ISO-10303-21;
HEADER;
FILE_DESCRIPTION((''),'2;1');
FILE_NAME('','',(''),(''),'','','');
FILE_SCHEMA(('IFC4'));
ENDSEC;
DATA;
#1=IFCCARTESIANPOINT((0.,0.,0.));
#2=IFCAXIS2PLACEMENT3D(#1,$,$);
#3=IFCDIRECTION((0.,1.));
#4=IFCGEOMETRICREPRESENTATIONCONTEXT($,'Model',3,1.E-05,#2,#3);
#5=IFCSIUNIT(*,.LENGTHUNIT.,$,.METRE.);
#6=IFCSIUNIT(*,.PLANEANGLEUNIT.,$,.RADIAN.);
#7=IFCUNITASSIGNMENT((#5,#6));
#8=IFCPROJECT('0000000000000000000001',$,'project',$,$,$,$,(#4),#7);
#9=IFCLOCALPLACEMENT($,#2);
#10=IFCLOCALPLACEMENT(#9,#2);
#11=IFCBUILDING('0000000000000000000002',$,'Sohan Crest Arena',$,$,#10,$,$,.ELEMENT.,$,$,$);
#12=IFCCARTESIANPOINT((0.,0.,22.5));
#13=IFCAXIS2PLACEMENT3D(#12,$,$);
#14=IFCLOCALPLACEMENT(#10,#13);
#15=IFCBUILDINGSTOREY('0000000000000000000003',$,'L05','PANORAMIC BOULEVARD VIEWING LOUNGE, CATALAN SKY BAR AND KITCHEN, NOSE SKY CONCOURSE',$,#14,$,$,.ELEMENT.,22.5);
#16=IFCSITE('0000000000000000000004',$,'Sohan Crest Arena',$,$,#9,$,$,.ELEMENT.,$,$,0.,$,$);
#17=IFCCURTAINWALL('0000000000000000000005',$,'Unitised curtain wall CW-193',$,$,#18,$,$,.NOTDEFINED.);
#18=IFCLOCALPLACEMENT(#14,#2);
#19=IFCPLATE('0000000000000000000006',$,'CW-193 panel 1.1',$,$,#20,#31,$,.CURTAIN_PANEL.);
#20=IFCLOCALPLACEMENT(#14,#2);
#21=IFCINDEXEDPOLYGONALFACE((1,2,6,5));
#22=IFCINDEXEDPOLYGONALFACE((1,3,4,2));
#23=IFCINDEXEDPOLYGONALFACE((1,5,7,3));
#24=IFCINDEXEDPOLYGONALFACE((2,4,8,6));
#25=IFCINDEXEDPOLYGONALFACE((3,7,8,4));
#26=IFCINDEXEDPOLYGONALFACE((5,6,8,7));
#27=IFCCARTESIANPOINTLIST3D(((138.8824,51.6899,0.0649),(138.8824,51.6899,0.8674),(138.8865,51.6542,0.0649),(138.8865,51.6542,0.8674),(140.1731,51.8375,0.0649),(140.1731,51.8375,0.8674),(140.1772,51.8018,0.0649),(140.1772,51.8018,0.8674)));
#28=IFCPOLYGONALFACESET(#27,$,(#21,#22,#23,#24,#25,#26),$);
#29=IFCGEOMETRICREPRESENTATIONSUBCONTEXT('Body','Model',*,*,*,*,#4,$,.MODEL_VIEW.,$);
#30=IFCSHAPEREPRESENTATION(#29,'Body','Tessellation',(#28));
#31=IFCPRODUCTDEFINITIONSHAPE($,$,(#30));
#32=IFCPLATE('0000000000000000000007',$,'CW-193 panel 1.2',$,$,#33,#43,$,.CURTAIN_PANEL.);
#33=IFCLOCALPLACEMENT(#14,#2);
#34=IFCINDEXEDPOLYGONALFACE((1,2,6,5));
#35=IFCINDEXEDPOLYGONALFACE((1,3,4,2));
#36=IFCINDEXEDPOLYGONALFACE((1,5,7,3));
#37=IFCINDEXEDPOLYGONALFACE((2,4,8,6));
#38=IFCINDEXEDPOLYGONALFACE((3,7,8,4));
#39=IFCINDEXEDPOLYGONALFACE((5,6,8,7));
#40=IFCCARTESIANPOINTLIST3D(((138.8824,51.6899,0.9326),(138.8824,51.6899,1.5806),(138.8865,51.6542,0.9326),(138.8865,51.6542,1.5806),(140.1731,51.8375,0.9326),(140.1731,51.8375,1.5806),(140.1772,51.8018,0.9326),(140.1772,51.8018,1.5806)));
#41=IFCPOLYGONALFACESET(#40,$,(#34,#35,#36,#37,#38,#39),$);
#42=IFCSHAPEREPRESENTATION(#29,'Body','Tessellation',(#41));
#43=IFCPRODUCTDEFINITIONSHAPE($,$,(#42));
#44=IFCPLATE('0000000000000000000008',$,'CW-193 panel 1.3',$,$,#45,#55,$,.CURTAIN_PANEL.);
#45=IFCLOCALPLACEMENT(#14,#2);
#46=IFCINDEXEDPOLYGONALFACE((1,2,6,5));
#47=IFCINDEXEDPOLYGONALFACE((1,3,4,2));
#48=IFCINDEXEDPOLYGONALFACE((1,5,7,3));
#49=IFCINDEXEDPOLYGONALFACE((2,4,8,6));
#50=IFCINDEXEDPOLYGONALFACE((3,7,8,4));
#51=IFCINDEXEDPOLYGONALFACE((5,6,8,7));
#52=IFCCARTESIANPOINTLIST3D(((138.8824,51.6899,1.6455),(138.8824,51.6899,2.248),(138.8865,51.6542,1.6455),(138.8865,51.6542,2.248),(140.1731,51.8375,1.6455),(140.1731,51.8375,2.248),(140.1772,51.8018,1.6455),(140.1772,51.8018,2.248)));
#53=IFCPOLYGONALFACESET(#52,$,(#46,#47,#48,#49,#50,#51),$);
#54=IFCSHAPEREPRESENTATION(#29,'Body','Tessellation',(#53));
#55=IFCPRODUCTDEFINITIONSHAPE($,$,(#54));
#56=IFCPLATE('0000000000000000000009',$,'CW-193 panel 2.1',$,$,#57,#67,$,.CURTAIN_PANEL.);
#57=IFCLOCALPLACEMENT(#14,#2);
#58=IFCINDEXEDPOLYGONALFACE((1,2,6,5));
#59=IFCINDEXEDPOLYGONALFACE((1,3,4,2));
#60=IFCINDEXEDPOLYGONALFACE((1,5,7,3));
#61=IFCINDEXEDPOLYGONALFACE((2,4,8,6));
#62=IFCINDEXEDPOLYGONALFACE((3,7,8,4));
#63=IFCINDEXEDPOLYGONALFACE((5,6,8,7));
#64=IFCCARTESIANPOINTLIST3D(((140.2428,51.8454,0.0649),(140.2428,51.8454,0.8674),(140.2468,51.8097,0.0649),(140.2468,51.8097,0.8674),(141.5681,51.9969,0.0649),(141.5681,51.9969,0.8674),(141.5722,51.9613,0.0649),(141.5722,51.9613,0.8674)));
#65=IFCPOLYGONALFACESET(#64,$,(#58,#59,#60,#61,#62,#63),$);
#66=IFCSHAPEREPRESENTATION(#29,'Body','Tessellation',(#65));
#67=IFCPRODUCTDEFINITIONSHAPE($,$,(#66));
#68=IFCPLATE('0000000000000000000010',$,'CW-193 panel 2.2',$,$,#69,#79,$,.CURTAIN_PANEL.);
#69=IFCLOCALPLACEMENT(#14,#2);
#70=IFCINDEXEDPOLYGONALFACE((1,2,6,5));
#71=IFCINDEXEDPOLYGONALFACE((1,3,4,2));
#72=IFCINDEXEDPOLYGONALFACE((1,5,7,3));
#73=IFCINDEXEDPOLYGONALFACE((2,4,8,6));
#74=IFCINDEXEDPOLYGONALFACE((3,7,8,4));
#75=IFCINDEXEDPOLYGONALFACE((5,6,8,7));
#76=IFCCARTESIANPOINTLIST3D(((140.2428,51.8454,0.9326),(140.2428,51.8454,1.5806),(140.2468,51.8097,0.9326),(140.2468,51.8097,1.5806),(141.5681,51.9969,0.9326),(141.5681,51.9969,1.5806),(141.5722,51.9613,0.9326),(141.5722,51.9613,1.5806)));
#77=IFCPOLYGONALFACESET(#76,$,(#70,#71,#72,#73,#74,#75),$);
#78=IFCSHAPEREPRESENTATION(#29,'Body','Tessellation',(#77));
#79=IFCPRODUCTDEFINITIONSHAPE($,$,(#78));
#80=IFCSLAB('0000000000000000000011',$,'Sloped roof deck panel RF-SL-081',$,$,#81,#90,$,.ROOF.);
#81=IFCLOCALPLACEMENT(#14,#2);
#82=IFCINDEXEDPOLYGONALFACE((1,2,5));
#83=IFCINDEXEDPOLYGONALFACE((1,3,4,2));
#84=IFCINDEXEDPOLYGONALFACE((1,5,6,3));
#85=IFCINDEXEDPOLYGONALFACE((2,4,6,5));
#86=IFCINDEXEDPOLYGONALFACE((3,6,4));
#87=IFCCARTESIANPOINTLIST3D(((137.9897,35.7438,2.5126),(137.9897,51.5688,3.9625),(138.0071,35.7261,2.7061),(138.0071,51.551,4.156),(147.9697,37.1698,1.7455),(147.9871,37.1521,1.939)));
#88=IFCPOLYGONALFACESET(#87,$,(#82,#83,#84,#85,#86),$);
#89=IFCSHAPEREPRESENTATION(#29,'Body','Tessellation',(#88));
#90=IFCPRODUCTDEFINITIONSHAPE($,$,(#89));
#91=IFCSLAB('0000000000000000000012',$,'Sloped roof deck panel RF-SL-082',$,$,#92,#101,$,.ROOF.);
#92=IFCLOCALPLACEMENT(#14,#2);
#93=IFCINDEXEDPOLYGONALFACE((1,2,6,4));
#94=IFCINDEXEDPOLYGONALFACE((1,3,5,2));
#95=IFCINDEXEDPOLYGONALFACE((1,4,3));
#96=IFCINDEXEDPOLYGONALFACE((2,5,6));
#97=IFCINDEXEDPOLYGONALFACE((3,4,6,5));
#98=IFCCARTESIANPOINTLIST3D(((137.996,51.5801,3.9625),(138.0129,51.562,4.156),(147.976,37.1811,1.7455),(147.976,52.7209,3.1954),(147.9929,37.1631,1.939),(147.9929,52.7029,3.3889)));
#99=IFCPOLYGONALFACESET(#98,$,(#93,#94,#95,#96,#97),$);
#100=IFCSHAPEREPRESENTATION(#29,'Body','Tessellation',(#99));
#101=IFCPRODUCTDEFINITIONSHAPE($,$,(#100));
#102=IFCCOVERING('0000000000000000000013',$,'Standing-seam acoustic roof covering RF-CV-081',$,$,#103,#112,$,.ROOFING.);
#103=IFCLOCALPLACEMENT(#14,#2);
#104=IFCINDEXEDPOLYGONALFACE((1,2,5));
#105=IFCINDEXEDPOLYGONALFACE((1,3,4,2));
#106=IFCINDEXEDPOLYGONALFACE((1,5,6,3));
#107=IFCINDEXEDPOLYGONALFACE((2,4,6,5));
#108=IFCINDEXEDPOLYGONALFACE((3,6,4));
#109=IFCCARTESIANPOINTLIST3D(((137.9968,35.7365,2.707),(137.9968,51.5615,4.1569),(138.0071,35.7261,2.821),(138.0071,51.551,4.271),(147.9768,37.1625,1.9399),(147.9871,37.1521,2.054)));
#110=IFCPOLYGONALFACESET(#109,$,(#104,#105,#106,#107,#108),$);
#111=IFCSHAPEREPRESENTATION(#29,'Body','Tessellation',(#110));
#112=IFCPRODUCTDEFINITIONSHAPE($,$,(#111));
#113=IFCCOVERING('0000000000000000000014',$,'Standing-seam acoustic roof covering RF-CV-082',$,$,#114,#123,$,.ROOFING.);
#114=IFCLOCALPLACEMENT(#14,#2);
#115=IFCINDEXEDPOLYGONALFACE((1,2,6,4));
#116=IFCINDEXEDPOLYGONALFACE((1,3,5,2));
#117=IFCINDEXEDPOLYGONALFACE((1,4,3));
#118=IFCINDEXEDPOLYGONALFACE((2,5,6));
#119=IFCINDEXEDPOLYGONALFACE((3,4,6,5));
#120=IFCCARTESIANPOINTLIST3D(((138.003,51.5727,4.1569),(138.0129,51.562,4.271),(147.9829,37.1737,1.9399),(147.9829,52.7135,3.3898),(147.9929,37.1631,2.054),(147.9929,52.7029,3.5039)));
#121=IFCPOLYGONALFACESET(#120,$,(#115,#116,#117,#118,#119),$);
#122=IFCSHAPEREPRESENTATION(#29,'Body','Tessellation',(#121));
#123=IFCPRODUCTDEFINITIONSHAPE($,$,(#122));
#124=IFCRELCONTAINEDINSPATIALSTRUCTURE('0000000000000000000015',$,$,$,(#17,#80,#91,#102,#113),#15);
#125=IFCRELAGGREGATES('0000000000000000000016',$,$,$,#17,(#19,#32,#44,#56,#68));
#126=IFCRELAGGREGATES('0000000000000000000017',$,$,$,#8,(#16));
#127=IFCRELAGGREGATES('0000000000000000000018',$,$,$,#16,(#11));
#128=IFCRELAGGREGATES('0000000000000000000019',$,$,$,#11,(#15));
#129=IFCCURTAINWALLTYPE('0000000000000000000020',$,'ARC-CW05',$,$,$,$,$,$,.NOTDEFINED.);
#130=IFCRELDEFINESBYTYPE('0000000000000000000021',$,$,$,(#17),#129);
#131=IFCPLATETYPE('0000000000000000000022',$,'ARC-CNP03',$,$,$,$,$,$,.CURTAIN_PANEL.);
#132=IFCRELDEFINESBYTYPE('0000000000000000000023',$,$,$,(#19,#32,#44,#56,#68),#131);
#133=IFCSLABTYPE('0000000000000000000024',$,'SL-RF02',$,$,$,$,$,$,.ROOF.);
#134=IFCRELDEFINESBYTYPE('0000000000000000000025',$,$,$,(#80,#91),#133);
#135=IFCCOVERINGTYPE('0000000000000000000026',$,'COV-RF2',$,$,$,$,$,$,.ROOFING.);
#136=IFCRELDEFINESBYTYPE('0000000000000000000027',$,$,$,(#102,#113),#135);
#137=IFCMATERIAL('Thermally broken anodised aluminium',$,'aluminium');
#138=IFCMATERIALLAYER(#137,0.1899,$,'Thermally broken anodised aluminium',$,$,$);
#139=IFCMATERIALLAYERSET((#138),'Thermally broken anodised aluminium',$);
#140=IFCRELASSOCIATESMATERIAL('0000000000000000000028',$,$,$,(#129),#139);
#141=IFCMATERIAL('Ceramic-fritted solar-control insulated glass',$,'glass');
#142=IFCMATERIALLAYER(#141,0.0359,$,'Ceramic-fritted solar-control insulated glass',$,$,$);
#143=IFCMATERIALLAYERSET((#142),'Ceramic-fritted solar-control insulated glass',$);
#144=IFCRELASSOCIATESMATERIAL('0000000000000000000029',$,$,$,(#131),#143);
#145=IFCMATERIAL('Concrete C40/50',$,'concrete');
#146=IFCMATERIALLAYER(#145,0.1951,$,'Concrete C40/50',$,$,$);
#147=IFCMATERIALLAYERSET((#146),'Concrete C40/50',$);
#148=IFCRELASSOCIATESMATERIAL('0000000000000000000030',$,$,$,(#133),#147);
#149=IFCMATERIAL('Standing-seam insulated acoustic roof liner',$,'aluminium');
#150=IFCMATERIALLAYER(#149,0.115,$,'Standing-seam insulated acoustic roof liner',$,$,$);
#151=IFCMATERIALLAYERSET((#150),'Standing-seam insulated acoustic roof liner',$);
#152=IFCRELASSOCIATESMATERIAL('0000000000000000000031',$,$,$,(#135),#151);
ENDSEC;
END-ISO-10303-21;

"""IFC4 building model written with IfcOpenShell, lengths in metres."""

from ifc_helpers import new_model, si_unit, direction, frame, origin, origin_2d, place, context, subcontext, project, spatial, polyline, rectangle, outline, extrude, material, layer, layer_set, type_object, element, aggregate, save


model = new_model("IFC4")

# Units and contexts
model_context = context("Model", 3, precision=1e-05, world=origin(), true_north=direction((0.0, 1.0)))
body_context = subcontext(model_context, "Body", "Model", "MODEL_VIEW")
ifc_project = project(units=[si_unit("LENGTHUNIT", "METRE"), si_unit("PLANEANGLEUNIT", "RADIAN")], contexts=[model_context])

# Site, building, storey
site_placement = place(None, origin())
site = spatial("IfcSite", under=ifc_project, at=site_placement, Name="Sohan Crest Arena", CompositionType="ELEMENT", RefElevation=0.0)
building_placement = place(site_placement, origin())
building = spatial("IfcBuilding", under=site, at=building_placement, Name="Sohan Crest Arena", CompositionType="ELEMENT")
storey_placement = place(building_placement, frame((0.0, 0.0, 22.5)))
storey = spatial("IfcBuildingStorey", under=building, at=storey_placement, Name="L05", Description="PANORAMIC BOULEVARD VIEWING LOUNGE, CATALAN SKY BAR AND KITCHEN, NOSE SKY CONCOURSE", CompositionType="ELEMENT", Elevation=22.5)

# Shared definitions
ifc_material_1 = material(Name="Concrete C40/50", Category="concrete")

# Curtain wall
ifc_material_2 = material(Name="Thermally broken anodised aluminium", Category="aluminium")
ifc_layer_1 = layer(ifc_material_2, 0.1899, Name="Thermally broken anodised aluminium")
ifc_layer_set_1 = layer_set([ifc_layer_1], Name="Thermally broken anodised aluminium")
curtain_wall_type = type_object("IfcCurtainWallType", Name="ARC-CW05", PredefinedType="NOTDEFINED", material=ifc_layer_set_1)
curtain_wall_placement = place(storey_placement, origin())
curtain_wall = element("IfcCurtainWall", 1, at=curtain_wall_placement, inside=storey, type_object=curtain_wall_type, Name="Unitised curtain wall CW-193", PredefinedType="NOTDEFINED")

# Plates
ifc_material_3 = material(Name="Ceramic-fritted solar-control insulated glass", Category="glass")
ifc_layer_2 = layer(ifc_material_3, 0.0359, Name="Ceramic-fritted solar-control insulated glass")
ifc_layer_set_2 = layer_set([ifc_layer_2], Name="Ceramic-fritted solar-control insulated glass")
plate_type = type_object("IfcPlateType", Name="ARC-CNP03", PredefinedType="CURTAIN_PANEL", material=ifc_layer_set_2)
plate_1_placement = place(storey_placement, frame((139.5298, 51.7458, 0.0649), z_axis=(0.0, 0.0, 1.0), x_axis=(0.993527, 0.113597, 0.0)))
plate_1 = element("IfcPlate", 2, at=plate_1_placement, type_object=plate_type, Name="CW-193 panel 1.1", PredefinedType="CURTAIN_PANEL", context=body_context, shape_type="SweptSolid", body=[
    extrude(rectangle(XDim=1.2991, YDim=0.0359, at=origin_2d()), origin(), (0.0, 0.0, 1.0), 0.8025),
])
plate_2_placement = place(storey_placement, frame((139.5298, 51.7458, 0.9326), z_axis=(0.0, 0.0, 1.0), x_axis=(0.993527, 0.113597, 0.0)))
plate_2 = element("IfcPlate", 3, at=plate_2_placement, type_object=plate_type, Name="CW-193 panel 1.2", PredefinedType="CURTAIN_PANEL", context=body_context, shape_type="SweptSolid", body=[
    extrude(rectangle(XDim=1.2991, YDim=0.0359, at=origin_2d()), origin(), (0.0, 0.0, 1.0), 0.6479),
])
plate_3_placement = place(storey_placement, frame((139.5298, 51.7458, 1.6455), z_axis=(0.0, 0.0, 1.0), x_axis=(0.993527, 0.113597, 0.0)))
plate_3 = element("IfcPlate", 4, at=plate_3_placement, type_object=plate_type, Name="CW-193 panel 1.3", PredefinedType="CURTAIN_PANEL", context=body_context, shape_type="SweptSolid", body=[
    extrude(rectangle(XDim=1.2991, YDim=0.0359, at=origin_2d()), origin(), (0.0, 0.0, 1.0), 0.6025),
])
plate_4_placement = place(storey_placement, frame((140.9075, 51.9033, 0.0649), z_axis=(0.0, 0.0, 1.0), x_axis=(0.993527, 0.113597, 0.0)))
plate_4 = element("IfcPlate", 5, at=plate_4_placement, type_object=plate_type, Name="CW-193 panel 2.1", PredefinedType="CURTAIN_PANEL", context=body_context, shape_type="SweptSolid", body=[
    extrude(rectangle(XDim=1.334, YDim=0.0359, at=origin_2d()), origin(), (0.0, 0.0, 1.0), 0.8025),
])
plate_5_placement = place(storey_placement, frame((140.9075, 51.9033, 0.9326), z_axis=(0.0, 0.0, 1.0), x_axis=(0.993527, 0.113597, 0.0)))
plate_5 = element("IfcPlate", 6, at=plate_5_placement, type_object=plate_type, Name="CW-193 panel 2.2", PredefinedType="CURTAIN_PANEL", context=body_context, shape_type="SweptSolid", body=[
    extrude(rectangle(XDim=1.334, YDim=0.0359, at=origin_2d()), origin(), (0.0, 0.0, 1.0), 0.6479),
])
aggregate(curtain_wall, [plate_1, plate_2, plate_3, plate_4, plate_5])

# Slabs
ifc_layer_3 = layer(ifc_material_1, 0.1951, Name="Concrete C40/50")
ifc_layer_set_3 = layer_set([ifc_layer_3], Name="Concrete C40/50")
slab_type = type_object("IfcSlabType", Name="SL-RF02", PredefinedType="ROOF", material=ifc_layer_set_3)
slab_1_placement = place(storey_placement, frame((138.0071, 51.551, 4.156), z_axis=(0.089222, -0.090878, 0.991857), x_axis=(0.0, -0.995829, -0.091242)))
element("IfcSlab", 7, at=slab_1_placement, inside=storey, type_object=slab_type, Name="Sloped roof deck panel RF-SL-081", PredefinedType="ROOF", context=body_context, shape_type="SweptSolid", body=[
    extrude(outline(polyline([(0.0, 0.0), (15.8912, 0.0), (14.5412, 10.0199), (0.0, 0.0)])), origin(), (0.0, 0.0, -1.0), 0.1951),
])
slab_2_placement = place(storey_placement, frame((138.0129, 51.562, 4.156), z_axis=(0.086822, -0.092551, 0.991915), x_axis=(0.565146, -0.815382, -0.125547)))
element("IfcSlab", 8, at=slab_2_placement, inside=storey, type_object=slab_type, Name="Sloped roof deck panel RF-SL-082", PredefinedType="ROOF", context=body_context, shape_type="SweptSolid", body=[
    extrude(outline(polyline([(0.0, 0.0), (17.6591, 0.0), (4.8062, 8.8538), (0.0, 0.0)])), origin(), (0.0, 0.0, -1.0), 0.1951),
])

# Coverings
ifc_material_4 = material(Name="Standing-seam insulated acoustic roof liner", Category="aluminium")
ifc_layer_4 = layer(ifc_material_4, 0.115, Name="Standing-seam insulated acoustic roof liner")
ifc_layer_set_4 = layer_set([ifc_layer_4], Name="Standing-seam insulated acoustic roof liner")
covering_type = type_object("IfcCoveringType", Name="COV-RF2", PredefinedType="ROOFING", material=ifc_layer_set_4)
covering_1_placement = place(storey_placement, frame((138.0071, 51.551, 4.271), z_axis=(0.089222, -0.090878, 0.991857), x_axis=(0.0, -0.995829, -0.091242)))
element("IfcCovering", 9, at=covering_1_placement, inside=storey, type_object=covering_type, Name="Standing-seam acoustic roof covering RF-CV-081", PredefinedType="ROOFING", context=body_context, shape_type="SweptSolid", body=[
    extrude(outline(polyline([(0.0, 0.0), (15.8912, 0.0), (14.5412, 10.0199), (0.0, 0.0)])), origin(), (0.0, 0.0, -1.0), 0.115),
])
covering_2_placement = place(storey_placement, frame((138.0129, 51.562, 4.271), z_axis=(0.086822, -0.092551, 0.991915), x_axis=(0.565146, -0.815382, -0.125547)))
element("IfcCovering", 10, at=covering_2_placement, inside=storey, type_object=covering_type, Name="Standing-seam acoustic roof covering RF-CV-082", PredefinedType="ROOFING", context=body_context, shape_type="SweptSolid", body=[
    extrude(outline(polyline([(0.0, 0.0), (17.6591, 0.0), (4.8062, 8.8538), (0.0, 0.0)])), origin(), (0.0, 0.0, -1.0), 0.115),
])

save(model, "model.ifc")
